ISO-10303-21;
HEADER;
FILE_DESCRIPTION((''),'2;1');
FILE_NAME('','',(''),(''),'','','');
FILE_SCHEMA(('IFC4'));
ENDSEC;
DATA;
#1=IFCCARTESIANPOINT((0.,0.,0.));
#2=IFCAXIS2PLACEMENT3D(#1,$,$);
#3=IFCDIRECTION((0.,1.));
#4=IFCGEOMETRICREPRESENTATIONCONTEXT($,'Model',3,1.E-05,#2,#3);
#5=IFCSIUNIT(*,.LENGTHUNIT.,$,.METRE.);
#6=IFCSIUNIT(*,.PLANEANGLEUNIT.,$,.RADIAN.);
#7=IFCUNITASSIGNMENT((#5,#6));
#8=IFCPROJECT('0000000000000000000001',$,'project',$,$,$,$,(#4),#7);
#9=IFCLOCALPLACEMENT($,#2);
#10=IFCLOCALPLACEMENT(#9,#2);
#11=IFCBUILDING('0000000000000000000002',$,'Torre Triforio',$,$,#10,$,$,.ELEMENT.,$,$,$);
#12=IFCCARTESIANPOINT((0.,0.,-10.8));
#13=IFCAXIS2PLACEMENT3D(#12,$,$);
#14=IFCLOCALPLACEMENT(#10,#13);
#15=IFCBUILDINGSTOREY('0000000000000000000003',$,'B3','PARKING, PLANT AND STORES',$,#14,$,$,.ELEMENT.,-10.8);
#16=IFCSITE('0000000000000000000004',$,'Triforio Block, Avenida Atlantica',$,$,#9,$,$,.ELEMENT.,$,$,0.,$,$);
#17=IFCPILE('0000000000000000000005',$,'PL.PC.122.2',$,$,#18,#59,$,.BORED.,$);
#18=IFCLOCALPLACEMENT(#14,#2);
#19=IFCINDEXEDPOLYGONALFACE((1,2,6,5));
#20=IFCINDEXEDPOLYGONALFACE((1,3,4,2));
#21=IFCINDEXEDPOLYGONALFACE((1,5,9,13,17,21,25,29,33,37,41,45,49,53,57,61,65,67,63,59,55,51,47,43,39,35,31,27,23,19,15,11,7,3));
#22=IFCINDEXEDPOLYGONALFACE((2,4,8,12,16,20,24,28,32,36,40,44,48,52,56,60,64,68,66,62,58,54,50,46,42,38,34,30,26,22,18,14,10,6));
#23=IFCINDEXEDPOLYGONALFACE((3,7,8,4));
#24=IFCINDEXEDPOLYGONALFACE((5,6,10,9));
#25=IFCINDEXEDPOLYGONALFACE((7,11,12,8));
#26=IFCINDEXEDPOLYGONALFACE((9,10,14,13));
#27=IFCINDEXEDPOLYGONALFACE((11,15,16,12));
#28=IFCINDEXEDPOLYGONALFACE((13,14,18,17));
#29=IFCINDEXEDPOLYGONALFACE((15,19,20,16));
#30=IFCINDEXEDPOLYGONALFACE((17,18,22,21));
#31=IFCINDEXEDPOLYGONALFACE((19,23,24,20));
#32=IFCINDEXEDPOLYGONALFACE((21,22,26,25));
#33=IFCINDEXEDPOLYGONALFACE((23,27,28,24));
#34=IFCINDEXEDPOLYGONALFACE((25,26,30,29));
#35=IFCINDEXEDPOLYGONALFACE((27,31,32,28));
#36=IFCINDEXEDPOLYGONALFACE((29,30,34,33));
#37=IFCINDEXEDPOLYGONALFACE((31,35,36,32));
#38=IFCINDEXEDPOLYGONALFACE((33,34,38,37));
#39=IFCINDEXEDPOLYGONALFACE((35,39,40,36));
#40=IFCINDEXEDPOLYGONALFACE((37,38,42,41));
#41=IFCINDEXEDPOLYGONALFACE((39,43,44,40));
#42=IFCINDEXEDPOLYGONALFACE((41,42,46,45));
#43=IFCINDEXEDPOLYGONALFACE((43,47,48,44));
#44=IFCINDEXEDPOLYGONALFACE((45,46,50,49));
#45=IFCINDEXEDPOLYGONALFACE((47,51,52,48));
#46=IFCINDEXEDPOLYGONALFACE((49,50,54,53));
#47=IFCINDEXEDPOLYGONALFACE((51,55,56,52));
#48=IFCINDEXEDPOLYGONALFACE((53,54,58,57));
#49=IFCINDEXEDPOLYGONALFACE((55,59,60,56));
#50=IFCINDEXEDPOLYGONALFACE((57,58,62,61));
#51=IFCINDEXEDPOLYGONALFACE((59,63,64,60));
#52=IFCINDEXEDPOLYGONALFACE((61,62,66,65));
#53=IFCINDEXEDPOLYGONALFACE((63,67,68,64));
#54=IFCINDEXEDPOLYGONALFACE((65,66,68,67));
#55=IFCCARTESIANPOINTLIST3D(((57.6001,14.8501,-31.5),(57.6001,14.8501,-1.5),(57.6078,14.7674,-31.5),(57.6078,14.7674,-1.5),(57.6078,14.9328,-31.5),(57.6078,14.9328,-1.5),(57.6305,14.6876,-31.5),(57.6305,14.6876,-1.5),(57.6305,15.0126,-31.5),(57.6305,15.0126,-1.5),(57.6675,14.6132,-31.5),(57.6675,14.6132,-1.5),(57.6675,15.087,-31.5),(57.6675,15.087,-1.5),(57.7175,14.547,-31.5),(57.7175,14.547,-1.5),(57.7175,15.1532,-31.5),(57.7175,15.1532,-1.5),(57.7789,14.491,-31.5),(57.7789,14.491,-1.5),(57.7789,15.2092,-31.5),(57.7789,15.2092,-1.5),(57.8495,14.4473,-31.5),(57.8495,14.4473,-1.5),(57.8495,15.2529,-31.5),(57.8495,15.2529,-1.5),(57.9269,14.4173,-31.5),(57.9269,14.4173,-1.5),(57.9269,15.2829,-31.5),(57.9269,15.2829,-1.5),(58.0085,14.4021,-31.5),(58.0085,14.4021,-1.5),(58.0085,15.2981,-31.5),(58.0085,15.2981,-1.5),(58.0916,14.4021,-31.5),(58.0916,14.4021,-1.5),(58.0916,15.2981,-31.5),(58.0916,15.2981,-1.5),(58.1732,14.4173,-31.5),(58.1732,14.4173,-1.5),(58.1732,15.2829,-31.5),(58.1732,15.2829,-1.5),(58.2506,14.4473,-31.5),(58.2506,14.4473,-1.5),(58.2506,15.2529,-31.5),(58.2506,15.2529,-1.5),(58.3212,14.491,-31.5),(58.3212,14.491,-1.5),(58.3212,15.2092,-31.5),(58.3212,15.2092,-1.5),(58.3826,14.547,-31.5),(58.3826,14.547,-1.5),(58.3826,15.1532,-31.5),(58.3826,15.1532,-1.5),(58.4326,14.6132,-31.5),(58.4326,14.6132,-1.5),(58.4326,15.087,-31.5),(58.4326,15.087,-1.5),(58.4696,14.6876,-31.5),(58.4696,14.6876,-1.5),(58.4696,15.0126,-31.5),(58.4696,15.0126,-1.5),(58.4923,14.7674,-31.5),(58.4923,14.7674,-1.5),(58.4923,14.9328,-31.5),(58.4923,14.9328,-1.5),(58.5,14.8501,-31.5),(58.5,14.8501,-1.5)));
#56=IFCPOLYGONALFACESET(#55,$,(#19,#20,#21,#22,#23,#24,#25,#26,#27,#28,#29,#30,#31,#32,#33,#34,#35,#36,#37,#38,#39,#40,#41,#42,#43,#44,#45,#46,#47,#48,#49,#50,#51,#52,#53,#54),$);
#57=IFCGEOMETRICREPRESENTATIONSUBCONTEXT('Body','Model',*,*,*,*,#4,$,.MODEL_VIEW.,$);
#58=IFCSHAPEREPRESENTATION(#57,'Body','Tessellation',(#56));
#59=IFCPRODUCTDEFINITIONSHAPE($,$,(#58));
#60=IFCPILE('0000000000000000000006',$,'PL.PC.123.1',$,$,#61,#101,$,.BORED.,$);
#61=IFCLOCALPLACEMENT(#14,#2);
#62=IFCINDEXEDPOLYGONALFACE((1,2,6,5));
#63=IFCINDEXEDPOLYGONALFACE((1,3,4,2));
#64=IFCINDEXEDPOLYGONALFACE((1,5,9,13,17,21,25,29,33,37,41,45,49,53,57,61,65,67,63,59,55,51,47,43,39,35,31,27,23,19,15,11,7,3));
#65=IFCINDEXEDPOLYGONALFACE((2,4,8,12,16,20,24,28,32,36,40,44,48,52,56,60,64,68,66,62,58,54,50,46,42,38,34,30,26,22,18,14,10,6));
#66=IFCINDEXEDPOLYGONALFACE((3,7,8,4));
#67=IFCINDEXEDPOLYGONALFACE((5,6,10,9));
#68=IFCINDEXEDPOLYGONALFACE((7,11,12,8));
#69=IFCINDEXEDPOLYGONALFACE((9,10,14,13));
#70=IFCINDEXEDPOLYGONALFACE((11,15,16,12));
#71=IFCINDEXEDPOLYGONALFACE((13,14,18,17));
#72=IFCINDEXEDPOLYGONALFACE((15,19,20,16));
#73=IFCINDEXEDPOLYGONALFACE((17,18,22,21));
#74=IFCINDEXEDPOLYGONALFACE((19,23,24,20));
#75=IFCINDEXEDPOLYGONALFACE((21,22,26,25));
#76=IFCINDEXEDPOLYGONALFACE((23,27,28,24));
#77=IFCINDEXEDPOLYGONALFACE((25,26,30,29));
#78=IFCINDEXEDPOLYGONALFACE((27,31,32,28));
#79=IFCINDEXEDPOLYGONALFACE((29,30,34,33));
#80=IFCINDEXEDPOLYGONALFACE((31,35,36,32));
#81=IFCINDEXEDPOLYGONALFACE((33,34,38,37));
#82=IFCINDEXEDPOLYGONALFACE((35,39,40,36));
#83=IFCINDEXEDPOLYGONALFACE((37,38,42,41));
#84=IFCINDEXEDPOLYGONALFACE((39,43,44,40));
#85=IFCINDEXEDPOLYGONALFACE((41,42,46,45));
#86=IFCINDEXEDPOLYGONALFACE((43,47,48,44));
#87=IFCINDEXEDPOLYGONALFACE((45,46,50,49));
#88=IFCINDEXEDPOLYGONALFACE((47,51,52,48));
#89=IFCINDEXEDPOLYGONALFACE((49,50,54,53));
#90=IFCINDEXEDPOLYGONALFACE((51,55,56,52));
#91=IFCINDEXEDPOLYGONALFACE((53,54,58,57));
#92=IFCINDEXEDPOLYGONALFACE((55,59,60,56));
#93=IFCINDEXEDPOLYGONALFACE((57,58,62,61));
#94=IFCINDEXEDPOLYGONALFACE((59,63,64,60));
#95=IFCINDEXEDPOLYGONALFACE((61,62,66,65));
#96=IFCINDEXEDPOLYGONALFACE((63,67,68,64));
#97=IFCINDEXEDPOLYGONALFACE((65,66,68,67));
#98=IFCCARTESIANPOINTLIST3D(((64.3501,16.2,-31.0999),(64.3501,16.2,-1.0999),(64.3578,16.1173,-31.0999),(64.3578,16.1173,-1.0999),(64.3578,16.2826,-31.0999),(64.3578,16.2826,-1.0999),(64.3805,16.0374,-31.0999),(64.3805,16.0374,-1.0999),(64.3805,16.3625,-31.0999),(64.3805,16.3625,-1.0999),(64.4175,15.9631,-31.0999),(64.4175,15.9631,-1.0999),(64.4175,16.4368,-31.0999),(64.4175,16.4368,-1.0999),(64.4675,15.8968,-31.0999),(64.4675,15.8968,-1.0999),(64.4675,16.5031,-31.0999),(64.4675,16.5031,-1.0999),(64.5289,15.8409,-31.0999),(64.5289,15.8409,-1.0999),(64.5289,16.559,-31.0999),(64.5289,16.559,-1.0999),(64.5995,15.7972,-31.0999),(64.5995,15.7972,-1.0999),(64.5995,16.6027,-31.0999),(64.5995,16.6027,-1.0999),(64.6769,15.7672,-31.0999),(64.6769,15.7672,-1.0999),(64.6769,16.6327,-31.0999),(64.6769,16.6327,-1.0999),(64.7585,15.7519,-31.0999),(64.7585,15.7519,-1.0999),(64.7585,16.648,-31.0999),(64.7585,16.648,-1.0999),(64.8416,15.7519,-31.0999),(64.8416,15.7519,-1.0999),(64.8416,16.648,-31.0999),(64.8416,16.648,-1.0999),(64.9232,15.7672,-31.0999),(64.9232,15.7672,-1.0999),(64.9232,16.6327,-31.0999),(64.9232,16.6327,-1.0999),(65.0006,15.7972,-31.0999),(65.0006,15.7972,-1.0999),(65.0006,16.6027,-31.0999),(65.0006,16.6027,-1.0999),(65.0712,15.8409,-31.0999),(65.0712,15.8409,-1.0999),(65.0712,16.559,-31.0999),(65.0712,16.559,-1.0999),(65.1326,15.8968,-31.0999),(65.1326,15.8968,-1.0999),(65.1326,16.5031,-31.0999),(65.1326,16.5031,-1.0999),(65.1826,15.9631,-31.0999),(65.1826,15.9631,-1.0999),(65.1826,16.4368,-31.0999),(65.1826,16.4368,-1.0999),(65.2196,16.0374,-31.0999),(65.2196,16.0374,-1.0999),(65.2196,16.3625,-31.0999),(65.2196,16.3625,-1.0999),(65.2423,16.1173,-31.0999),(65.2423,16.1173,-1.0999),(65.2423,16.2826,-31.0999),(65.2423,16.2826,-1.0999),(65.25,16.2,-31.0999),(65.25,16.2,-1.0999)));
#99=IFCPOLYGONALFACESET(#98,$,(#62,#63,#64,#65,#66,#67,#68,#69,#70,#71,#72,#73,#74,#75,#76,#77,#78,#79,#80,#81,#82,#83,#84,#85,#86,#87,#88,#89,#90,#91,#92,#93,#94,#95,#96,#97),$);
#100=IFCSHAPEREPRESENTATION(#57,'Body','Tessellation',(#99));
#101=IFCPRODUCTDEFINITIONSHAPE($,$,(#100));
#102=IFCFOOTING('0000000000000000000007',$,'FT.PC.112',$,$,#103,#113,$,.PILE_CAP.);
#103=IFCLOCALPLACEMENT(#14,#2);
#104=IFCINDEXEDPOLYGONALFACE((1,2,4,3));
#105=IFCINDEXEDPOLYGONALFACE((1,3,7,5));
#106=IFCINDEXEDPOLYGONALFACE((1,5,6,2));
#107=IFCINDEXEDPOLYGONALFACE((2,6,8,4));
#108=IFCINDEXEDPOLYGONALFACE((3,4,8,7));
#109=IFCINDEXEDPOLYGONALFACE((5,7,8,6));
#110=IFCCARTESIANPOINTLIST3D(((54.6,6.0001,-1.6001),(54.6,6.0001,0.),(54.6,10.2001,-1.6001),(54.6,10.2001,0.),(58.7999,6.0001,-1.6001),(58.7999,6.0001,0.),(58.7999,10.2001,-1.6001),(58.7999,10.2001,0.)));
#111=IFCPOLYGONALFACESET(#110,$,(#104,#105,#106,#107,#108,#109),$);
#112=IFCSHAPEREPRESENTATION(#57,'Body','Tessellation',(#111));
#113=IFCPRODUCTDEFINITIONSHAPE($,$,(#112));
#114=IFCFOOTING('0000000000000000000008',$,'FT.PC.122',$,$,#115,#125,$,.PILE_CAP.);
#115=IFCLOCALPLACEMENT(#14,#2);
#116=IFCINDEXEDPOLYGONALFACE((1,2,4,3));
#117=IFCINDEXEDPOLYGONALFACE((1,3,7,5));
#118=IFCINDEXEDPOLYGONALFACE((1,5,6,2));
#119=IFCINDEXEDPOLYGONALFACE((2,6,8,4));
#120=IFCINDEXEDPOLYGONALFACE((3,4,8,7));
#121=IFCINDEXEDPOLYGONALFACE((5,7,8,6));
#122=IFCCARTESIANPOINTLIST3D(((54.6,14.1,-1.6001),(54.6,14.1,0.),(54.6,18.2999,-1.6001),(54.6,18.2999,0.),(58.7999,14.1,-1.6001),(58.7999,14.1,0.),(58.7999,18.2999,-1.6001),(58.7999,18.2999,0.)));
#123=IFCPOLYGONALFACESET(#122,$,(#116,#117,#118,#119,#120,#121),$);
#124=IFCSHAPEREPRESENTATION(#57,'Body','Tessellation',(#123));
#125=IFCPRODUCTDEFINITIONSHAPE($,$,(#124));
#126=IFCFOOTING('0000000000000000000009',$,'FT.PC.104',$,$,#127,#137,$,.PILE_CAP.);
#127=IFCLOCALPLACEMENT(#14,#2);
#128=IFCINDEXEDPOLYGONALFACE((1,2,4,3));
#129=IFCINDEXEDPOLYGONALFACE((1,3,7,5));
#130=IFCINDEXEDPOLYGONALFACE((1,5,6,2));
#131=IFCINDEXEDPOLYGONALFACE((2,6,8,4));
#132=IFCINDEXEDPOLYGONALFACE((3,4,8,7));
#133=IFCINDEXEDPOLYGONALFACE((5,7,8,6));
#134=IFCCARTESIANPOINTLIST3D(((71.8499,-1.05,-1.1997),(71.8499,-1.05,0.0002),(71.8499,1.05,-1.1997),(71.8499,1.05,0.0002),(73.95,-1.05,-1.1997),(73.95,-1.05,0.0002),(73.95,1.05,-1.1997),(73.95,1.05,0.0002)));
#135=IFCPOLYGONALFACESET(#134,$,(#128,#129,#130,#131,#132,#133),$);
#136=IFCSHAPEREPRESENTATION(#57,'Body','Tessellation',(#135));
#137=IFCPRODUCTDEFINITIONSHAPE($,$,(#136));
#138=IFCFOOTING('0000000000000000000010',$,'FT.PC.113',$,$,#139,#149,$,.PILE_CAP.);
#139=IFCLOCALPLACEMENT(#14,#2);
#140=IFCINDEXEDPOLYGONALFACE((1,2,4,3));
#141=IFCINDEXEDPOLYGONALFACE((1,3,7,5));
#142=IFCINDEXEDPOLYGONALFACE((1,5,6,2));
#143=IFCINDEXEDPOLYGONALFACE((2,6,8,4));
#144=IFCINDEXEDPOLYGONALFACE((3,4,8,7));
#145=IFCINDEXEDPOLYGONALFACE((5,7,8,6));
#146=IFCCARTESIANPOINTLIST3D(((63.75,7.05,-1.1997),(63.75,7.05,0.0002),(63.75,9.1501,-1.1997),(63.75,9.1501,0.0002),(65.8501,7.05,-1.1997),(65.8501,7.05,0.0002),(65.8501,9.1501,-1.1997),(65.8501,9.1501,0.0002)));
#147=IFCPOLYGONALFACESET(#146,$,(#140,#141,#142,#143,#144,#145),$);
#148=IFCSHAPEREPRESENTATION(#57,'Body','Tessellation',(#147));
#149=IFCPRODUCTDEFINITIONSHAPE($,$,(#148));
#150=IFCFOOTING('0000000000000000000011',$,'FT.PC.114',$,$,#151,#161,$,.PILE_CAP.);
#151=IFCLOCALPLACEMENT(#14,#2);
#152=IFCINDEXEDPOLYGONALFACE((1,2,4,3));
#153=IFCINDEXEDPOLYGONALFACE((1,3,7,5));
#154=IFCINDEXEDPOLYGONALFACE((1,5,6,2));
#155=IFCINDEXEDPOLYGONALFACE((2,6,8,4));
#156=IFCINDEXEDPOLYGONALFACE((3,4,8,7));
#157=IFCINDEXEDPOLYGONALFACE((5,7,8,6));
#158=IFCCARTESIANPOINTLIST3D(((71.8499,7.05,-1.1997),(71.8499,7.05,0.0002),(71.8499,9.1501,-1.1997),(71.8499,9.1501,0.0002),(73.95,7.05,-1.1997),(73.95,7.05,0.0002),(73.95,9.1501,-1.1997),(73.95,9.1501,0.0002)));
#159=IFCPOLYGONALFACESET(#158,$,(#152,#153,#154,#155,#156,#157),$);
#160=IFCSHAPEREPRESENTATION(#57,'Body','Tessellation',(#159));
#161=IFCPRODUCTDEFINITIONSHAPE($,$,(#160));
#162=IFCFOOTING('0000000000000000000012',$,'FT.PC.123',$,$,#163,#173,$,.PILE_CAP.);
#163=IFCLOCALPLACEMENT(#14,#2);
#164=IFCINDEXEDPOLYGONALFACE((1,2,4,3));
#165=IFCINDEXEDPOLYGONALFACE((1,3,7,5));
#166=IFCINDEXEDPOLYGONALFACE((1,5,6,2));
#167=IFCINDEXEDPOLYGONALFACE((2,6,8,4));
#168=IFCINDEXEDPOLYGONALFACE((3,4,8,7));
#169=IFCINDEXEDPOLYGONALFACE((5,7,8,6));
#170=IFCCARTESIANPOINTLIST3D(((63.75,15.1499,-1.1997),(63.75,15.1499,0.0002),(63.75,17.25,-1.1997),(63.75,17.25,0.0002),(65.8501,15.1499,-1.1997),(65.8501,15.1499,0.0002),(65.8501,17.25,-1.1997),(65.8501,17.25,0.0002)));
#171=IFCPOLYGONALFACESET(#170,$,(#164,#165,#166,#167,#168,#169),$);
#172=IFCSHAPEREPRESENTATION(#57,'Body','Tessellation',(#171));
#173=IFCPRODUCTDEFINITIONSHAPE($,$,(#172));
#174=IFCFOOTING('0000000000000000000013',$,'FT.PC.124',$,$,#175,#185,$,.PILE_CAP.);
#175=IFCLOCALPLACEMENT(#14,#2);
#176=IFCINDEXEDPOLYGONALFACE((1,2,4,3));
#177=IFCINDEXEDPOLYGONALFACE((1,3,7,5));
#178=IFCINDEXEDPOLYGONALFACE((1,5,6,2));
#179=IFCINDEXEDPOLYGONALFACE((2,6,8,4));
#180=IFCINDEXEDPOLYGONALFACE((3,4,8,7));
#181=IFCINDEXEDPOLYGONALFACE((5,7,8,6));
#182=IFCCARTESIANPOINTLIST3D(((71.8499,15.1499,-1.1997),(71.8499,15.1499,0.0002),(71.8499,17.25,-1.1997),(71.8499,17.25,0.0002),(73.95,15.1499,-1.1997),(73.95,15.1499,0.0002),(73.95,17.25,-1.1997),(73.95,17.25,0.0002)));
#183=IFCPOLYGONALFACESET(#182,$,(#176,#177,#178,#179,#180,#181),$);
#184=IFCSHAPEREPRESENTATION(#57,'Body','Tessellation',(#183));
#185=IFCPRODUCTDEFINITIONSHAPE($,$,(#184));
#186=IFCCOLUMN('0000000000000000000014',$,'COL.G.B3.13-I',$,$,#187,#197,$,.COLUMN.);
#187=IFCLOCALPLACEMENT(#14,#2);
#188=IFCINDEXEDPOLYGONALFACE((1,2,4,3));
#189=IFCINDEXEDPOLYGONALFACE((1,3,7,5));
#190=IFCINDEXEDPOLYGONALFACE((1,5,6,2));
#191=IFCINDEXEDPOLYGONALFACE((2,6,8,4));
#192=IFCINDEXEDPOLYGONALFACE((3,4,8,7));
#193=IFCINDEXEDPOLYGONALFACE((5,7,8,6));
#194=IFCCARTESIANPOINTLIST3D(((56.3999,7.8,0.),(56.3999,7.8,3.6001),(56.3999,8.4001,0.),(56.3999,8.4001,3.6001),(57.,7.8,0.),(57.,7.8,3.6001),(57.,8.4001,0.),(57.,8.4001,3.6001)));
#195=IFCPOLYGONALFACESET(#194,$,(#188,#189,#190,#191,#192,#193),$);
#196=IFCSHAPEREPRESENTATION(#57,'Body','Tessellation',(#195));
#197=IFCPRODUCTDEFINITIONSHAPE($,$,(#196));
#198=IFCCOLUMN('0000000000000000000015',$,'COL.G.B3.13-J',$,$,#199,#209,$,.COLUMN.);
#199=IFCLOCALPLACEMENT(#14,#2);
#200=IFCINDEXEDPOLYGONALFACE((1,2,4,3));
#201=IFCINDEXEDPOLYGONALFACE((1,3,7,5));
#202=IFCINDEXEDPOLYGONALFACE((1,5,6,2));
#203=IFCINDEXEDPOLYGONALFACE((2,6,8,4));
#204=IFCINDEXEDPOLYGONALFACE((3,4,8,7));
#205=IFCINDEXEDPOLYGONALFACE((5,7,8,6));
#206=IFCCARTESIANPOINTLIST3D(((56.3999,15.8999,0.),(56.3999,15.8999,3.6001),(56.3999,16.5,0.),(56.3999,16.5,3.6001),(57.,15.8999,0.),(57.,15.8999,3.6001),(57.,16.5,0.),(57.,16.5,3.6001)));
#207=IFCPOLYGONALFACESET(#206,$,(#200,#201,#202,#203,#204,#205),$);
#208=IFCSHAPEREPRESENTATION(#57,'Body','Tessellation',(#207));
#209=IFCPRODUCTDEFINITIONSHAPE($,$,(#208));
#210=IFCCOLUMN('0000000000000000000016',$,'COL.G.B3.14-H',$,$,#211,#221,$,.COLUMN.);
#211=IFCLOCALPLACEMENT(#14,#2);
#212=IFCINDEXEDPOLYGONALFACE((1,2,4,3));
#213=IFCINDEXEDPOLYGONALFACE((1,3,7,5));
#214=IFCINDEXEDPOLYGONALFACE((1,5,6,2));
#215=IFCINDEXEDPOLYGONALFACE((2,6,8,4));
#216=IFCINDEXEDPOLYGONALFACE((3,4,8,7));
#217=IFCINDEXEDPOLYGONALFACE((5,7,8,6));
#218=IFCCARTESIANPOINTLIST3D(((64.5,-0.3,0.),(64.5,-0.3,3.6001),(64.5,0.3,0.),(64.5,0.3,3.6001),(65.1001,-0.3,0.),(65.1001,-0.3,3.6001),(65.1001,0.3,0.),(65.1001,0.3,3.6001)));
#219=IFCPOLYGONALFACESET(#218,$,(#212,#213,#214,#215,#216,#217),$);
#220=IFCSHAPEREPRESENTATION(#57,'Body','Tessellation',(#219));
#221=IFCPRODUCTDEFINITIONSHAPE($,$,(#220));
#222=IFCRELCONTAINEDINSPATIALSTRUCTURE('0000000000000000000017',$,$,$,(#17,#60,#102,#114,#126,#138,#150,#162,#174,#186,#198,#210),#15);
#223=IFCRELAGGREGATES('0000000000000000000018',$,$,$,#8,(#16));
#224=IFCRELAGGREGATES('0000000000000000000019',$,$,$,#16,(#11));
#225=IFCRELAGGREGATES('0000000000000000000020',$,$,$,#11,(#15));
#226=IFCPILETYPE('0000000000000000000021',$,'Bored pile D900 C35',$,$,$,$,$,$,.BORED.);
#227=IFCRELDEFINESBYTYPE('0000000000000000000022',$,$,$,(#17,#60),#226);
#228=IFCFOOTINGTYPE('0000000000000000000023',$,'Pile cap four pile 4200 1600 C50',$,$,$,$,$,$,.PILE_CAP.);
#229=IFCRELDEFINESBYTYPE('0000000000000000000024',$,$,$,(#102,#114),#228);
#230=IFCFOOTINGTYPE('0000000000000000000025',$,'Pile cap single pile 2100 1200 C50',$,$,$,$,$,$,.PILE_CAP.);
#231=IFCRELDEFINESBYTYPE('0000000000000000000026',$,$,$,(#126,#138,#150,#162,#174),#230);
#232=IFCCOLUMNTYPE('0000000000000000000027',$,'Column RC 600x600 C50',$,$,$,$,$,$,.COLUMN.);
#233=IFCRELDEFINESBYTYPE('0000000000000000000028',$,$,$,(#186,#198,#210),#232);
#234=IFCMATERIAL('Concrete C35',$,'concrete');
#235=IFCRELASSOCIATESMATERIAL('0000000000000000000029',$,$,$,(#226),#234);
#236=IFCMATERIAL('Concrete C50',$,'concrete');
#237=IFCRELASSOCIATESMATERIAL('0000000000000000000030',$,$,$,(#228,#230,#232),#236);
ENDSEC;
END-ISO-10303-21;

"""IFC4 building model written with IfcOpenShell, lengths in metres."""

from ifc_helpers import new_model, si_unit, direction, frame, origin, origin_2d, place, context, subcontext, project, spatial, rectangle, circle, extrude, material, material_profile, profile_set, type_object, element, save


model = new_model("IFC4")

# Units and contexts
model_context = context("Model", 3, precision=1e-05, world=origin(), true_north=direction((0.0, 1.0)))
body_context = subcontext(model_context, "Body", "Model", "MODEL_VIEW")
ifc_project = project(units=[si_unit("LENGTHUNIT", "METRE"), si_unit("PLANEANGLEUNIT", "RADIAN")], contexts=[model_context])

# Site, building, storey
site_placement = place(None, origin())
site = spatial("IfcSite", under=ifc_project, at=site_placement, Name="Triforio Block, Avenida Atlantica", CompositionType="ELEMENT", RefElevation=0.0)
building_placement = place(site_placement, origin())
building = spatial("IfcBuilding", under=site, at=building_placement, Name="Torre Triforio", CompositionType="ELEMENT")
storey_placement = place(building_placement, frame((0.0, 0.0, -10.8)))
storey = spatial("IfcBuildingStorey", under=building, at=storey_placement, Name="B3", Description="PARKING, PLANT AND STORES", CompositionType="ELEMENT", Elevation=-10.8)

# Piles
ifc_material_1 = material(Name="Concrete C35", Category="concrete")
ifc_material_profile_1 = material_profile(ifc_material_1, circle(Radius=0.45, at=origin_2d()), Name="RC D900")
ifc_profile_set_1 = profile_set([ifc_material_profile_1], Name="Concrete C35")
pile_type = type_object("IfcPileType", Name="Bored pile D900 C35", PredefinedType="BORED", material=ifc_profile_set_1)
for number, where, z_axis, x_axis, name in (
    (1, (58.05, 14.8501, -1.5), (0.0, 0.0, -1.0), (1.0, 0.0, 0.0), "PL.PC.122.2"),
    (2, (64.8, 16.2, -1.0999), (0.0, 0.0, -1.0), (1.0, 0.0, 0.0), "PL.PC.123.1"),
):
    element("IfcPile", number, at=place(storey_placement, frame(where, z_axis=z_axis, x_axis=x_axis)), inside=storey, type_object=pile_type, Name=name, PredefinedType="BORED", context=body_context, shape_type="SweptSolid", body=[
        extrude(circle(Radius=0.45, at=origin_2d()), origin(), (0.0, 0.0, 1.0), 30.0),
    ])

# Footings
ifc_material_2 = material(Name="Concrete C50", Category="concrete")
footing_type_1 = type_object("IfcFootingType", Name="Pile cap four pile 4200 1600 C50", PredefinedType="PILE_CAP", material=ifc_material_2)
for number, where, z_axis, x_axis, name in (
    (3, (56.7, 8.1001, -1.6001), (0.0, 0.0, 1.0), (1.0, 0.0, 0.0), "FT.PC.112"),
    (4, (56.7, 16.2, -1.6001), (0.0, 0.0, 1.0), (1.0, 0.0, 0.0), "FT.PC.122"),
):
    element("IfcFooting", number, at=place(storey_placement, frame(where, z_axis=z_axis, x_axis=x_axis)), inside=storey, type_object=footing_type_1, Name=name, PredefinedType="PILE_CAP", context=body_context, shape_type="SweptSolid", body=[
        extrude(rectangle(XDim=4.2, YDim=4.2, at=origin_2d()), origin(), (0.0, 0.0, 1.0), 1.6001),
    ])
footing_type_2 = type_object("IfcFootingType", Name="Pile cap single pile 2100 1200 C50", PredefinedType="PILE_CAP", material=ifc_material_2)
for number, where, z_axis, x_axis, name in (
    (5, (72.8999, 0.0, -1.1997), (0.0, 0.0, 1.0), (1.0, 0.0, 0.0), "FT.PC.104"),
    (6, (64.8, 8.1001, -1.1997), (0.0, 0.0, 1.0), (1.0, 0.0, 0.0), "FT.PC.113"),
    (7, (72.8999, 8.1001, -1.1997), (0.0, 0.0, 1.0), (1.0, 0.0, 0.0), "FT.PC.114"),
    (8, (64.8, 16.2, -1.1997), (0.0, 0.0, 1.0), (1.0, 0.0, 0.0), "FT.PC.123"),
    (9, (72.8999, 16.2, -1.1997), (0.0, 0.0, 1.0), (1.0, 0.0, 0.0), "FT.PC.124"),
):
    element("IfcFooting", number, at=place(storey_placement, frame(where, z_axis=z_axis, x_axis=x_axis)), inside=storey, type_object=footing_type_2, Name=name, PredefinedType="PILE_CAP", context=body_context, shape_type="SweptSolid", body=[
        extrude(rectangle(XDim=2.1001, YDim=2.1001, at=origin_2d()), origin(), (0.0, 0.0, 1.0), 1.2),
    ])

# Columns
ifc_material_profile_2 = material_profile(ifc_material_2, rectangle(XDim=0.6001, YDim=0.6001, at=origin_2d()), Name="RC 600x600")
ifc_profile_set_2 = profile_set([ifc_material_profile_2], Name="Concrete C50")
column_type = type_object("IfcColumnType", Name="Column RC 600x600 C50", PredefinedType="COLUMN", material=ifc_profile_set_2)
for number, where, z_axis, x_axis, name in (
    (10, (56.7, 8.1001, 0.0), (0.0, 0.0, 1.0), (1.0, 0.0, 0.0), "COL.G.B3.13-I"),
    (11, (56.7, 16.2, 0.0), (0.0, 0.0, 1.0), (1.0, 0.0, 0.0), "COL.G.B3.13-J"),
    (12, (64.8, 0.0, 0.0), (0.0, 0.0, 1.0), (1.0, 0.0, 0.0), "COL.G.B3.14-H"),
):
    element("IfcColumn", number, at=place(storey_placement, frame(where, z_axis=z_axis, x_axis=x_axis)), inside=storey, type_object=column_type, Name=name, PredefinedType="COLUMN", context=body_context, shape_type="SweptSolid", body=[
        extrude(rectangle(XDim=0.6001, YDim=0.6001, at=origin_2d()), origin(), (0.0, 0.0, 1.0), 3.6001),
    ])

save(model, "model.ifc")
